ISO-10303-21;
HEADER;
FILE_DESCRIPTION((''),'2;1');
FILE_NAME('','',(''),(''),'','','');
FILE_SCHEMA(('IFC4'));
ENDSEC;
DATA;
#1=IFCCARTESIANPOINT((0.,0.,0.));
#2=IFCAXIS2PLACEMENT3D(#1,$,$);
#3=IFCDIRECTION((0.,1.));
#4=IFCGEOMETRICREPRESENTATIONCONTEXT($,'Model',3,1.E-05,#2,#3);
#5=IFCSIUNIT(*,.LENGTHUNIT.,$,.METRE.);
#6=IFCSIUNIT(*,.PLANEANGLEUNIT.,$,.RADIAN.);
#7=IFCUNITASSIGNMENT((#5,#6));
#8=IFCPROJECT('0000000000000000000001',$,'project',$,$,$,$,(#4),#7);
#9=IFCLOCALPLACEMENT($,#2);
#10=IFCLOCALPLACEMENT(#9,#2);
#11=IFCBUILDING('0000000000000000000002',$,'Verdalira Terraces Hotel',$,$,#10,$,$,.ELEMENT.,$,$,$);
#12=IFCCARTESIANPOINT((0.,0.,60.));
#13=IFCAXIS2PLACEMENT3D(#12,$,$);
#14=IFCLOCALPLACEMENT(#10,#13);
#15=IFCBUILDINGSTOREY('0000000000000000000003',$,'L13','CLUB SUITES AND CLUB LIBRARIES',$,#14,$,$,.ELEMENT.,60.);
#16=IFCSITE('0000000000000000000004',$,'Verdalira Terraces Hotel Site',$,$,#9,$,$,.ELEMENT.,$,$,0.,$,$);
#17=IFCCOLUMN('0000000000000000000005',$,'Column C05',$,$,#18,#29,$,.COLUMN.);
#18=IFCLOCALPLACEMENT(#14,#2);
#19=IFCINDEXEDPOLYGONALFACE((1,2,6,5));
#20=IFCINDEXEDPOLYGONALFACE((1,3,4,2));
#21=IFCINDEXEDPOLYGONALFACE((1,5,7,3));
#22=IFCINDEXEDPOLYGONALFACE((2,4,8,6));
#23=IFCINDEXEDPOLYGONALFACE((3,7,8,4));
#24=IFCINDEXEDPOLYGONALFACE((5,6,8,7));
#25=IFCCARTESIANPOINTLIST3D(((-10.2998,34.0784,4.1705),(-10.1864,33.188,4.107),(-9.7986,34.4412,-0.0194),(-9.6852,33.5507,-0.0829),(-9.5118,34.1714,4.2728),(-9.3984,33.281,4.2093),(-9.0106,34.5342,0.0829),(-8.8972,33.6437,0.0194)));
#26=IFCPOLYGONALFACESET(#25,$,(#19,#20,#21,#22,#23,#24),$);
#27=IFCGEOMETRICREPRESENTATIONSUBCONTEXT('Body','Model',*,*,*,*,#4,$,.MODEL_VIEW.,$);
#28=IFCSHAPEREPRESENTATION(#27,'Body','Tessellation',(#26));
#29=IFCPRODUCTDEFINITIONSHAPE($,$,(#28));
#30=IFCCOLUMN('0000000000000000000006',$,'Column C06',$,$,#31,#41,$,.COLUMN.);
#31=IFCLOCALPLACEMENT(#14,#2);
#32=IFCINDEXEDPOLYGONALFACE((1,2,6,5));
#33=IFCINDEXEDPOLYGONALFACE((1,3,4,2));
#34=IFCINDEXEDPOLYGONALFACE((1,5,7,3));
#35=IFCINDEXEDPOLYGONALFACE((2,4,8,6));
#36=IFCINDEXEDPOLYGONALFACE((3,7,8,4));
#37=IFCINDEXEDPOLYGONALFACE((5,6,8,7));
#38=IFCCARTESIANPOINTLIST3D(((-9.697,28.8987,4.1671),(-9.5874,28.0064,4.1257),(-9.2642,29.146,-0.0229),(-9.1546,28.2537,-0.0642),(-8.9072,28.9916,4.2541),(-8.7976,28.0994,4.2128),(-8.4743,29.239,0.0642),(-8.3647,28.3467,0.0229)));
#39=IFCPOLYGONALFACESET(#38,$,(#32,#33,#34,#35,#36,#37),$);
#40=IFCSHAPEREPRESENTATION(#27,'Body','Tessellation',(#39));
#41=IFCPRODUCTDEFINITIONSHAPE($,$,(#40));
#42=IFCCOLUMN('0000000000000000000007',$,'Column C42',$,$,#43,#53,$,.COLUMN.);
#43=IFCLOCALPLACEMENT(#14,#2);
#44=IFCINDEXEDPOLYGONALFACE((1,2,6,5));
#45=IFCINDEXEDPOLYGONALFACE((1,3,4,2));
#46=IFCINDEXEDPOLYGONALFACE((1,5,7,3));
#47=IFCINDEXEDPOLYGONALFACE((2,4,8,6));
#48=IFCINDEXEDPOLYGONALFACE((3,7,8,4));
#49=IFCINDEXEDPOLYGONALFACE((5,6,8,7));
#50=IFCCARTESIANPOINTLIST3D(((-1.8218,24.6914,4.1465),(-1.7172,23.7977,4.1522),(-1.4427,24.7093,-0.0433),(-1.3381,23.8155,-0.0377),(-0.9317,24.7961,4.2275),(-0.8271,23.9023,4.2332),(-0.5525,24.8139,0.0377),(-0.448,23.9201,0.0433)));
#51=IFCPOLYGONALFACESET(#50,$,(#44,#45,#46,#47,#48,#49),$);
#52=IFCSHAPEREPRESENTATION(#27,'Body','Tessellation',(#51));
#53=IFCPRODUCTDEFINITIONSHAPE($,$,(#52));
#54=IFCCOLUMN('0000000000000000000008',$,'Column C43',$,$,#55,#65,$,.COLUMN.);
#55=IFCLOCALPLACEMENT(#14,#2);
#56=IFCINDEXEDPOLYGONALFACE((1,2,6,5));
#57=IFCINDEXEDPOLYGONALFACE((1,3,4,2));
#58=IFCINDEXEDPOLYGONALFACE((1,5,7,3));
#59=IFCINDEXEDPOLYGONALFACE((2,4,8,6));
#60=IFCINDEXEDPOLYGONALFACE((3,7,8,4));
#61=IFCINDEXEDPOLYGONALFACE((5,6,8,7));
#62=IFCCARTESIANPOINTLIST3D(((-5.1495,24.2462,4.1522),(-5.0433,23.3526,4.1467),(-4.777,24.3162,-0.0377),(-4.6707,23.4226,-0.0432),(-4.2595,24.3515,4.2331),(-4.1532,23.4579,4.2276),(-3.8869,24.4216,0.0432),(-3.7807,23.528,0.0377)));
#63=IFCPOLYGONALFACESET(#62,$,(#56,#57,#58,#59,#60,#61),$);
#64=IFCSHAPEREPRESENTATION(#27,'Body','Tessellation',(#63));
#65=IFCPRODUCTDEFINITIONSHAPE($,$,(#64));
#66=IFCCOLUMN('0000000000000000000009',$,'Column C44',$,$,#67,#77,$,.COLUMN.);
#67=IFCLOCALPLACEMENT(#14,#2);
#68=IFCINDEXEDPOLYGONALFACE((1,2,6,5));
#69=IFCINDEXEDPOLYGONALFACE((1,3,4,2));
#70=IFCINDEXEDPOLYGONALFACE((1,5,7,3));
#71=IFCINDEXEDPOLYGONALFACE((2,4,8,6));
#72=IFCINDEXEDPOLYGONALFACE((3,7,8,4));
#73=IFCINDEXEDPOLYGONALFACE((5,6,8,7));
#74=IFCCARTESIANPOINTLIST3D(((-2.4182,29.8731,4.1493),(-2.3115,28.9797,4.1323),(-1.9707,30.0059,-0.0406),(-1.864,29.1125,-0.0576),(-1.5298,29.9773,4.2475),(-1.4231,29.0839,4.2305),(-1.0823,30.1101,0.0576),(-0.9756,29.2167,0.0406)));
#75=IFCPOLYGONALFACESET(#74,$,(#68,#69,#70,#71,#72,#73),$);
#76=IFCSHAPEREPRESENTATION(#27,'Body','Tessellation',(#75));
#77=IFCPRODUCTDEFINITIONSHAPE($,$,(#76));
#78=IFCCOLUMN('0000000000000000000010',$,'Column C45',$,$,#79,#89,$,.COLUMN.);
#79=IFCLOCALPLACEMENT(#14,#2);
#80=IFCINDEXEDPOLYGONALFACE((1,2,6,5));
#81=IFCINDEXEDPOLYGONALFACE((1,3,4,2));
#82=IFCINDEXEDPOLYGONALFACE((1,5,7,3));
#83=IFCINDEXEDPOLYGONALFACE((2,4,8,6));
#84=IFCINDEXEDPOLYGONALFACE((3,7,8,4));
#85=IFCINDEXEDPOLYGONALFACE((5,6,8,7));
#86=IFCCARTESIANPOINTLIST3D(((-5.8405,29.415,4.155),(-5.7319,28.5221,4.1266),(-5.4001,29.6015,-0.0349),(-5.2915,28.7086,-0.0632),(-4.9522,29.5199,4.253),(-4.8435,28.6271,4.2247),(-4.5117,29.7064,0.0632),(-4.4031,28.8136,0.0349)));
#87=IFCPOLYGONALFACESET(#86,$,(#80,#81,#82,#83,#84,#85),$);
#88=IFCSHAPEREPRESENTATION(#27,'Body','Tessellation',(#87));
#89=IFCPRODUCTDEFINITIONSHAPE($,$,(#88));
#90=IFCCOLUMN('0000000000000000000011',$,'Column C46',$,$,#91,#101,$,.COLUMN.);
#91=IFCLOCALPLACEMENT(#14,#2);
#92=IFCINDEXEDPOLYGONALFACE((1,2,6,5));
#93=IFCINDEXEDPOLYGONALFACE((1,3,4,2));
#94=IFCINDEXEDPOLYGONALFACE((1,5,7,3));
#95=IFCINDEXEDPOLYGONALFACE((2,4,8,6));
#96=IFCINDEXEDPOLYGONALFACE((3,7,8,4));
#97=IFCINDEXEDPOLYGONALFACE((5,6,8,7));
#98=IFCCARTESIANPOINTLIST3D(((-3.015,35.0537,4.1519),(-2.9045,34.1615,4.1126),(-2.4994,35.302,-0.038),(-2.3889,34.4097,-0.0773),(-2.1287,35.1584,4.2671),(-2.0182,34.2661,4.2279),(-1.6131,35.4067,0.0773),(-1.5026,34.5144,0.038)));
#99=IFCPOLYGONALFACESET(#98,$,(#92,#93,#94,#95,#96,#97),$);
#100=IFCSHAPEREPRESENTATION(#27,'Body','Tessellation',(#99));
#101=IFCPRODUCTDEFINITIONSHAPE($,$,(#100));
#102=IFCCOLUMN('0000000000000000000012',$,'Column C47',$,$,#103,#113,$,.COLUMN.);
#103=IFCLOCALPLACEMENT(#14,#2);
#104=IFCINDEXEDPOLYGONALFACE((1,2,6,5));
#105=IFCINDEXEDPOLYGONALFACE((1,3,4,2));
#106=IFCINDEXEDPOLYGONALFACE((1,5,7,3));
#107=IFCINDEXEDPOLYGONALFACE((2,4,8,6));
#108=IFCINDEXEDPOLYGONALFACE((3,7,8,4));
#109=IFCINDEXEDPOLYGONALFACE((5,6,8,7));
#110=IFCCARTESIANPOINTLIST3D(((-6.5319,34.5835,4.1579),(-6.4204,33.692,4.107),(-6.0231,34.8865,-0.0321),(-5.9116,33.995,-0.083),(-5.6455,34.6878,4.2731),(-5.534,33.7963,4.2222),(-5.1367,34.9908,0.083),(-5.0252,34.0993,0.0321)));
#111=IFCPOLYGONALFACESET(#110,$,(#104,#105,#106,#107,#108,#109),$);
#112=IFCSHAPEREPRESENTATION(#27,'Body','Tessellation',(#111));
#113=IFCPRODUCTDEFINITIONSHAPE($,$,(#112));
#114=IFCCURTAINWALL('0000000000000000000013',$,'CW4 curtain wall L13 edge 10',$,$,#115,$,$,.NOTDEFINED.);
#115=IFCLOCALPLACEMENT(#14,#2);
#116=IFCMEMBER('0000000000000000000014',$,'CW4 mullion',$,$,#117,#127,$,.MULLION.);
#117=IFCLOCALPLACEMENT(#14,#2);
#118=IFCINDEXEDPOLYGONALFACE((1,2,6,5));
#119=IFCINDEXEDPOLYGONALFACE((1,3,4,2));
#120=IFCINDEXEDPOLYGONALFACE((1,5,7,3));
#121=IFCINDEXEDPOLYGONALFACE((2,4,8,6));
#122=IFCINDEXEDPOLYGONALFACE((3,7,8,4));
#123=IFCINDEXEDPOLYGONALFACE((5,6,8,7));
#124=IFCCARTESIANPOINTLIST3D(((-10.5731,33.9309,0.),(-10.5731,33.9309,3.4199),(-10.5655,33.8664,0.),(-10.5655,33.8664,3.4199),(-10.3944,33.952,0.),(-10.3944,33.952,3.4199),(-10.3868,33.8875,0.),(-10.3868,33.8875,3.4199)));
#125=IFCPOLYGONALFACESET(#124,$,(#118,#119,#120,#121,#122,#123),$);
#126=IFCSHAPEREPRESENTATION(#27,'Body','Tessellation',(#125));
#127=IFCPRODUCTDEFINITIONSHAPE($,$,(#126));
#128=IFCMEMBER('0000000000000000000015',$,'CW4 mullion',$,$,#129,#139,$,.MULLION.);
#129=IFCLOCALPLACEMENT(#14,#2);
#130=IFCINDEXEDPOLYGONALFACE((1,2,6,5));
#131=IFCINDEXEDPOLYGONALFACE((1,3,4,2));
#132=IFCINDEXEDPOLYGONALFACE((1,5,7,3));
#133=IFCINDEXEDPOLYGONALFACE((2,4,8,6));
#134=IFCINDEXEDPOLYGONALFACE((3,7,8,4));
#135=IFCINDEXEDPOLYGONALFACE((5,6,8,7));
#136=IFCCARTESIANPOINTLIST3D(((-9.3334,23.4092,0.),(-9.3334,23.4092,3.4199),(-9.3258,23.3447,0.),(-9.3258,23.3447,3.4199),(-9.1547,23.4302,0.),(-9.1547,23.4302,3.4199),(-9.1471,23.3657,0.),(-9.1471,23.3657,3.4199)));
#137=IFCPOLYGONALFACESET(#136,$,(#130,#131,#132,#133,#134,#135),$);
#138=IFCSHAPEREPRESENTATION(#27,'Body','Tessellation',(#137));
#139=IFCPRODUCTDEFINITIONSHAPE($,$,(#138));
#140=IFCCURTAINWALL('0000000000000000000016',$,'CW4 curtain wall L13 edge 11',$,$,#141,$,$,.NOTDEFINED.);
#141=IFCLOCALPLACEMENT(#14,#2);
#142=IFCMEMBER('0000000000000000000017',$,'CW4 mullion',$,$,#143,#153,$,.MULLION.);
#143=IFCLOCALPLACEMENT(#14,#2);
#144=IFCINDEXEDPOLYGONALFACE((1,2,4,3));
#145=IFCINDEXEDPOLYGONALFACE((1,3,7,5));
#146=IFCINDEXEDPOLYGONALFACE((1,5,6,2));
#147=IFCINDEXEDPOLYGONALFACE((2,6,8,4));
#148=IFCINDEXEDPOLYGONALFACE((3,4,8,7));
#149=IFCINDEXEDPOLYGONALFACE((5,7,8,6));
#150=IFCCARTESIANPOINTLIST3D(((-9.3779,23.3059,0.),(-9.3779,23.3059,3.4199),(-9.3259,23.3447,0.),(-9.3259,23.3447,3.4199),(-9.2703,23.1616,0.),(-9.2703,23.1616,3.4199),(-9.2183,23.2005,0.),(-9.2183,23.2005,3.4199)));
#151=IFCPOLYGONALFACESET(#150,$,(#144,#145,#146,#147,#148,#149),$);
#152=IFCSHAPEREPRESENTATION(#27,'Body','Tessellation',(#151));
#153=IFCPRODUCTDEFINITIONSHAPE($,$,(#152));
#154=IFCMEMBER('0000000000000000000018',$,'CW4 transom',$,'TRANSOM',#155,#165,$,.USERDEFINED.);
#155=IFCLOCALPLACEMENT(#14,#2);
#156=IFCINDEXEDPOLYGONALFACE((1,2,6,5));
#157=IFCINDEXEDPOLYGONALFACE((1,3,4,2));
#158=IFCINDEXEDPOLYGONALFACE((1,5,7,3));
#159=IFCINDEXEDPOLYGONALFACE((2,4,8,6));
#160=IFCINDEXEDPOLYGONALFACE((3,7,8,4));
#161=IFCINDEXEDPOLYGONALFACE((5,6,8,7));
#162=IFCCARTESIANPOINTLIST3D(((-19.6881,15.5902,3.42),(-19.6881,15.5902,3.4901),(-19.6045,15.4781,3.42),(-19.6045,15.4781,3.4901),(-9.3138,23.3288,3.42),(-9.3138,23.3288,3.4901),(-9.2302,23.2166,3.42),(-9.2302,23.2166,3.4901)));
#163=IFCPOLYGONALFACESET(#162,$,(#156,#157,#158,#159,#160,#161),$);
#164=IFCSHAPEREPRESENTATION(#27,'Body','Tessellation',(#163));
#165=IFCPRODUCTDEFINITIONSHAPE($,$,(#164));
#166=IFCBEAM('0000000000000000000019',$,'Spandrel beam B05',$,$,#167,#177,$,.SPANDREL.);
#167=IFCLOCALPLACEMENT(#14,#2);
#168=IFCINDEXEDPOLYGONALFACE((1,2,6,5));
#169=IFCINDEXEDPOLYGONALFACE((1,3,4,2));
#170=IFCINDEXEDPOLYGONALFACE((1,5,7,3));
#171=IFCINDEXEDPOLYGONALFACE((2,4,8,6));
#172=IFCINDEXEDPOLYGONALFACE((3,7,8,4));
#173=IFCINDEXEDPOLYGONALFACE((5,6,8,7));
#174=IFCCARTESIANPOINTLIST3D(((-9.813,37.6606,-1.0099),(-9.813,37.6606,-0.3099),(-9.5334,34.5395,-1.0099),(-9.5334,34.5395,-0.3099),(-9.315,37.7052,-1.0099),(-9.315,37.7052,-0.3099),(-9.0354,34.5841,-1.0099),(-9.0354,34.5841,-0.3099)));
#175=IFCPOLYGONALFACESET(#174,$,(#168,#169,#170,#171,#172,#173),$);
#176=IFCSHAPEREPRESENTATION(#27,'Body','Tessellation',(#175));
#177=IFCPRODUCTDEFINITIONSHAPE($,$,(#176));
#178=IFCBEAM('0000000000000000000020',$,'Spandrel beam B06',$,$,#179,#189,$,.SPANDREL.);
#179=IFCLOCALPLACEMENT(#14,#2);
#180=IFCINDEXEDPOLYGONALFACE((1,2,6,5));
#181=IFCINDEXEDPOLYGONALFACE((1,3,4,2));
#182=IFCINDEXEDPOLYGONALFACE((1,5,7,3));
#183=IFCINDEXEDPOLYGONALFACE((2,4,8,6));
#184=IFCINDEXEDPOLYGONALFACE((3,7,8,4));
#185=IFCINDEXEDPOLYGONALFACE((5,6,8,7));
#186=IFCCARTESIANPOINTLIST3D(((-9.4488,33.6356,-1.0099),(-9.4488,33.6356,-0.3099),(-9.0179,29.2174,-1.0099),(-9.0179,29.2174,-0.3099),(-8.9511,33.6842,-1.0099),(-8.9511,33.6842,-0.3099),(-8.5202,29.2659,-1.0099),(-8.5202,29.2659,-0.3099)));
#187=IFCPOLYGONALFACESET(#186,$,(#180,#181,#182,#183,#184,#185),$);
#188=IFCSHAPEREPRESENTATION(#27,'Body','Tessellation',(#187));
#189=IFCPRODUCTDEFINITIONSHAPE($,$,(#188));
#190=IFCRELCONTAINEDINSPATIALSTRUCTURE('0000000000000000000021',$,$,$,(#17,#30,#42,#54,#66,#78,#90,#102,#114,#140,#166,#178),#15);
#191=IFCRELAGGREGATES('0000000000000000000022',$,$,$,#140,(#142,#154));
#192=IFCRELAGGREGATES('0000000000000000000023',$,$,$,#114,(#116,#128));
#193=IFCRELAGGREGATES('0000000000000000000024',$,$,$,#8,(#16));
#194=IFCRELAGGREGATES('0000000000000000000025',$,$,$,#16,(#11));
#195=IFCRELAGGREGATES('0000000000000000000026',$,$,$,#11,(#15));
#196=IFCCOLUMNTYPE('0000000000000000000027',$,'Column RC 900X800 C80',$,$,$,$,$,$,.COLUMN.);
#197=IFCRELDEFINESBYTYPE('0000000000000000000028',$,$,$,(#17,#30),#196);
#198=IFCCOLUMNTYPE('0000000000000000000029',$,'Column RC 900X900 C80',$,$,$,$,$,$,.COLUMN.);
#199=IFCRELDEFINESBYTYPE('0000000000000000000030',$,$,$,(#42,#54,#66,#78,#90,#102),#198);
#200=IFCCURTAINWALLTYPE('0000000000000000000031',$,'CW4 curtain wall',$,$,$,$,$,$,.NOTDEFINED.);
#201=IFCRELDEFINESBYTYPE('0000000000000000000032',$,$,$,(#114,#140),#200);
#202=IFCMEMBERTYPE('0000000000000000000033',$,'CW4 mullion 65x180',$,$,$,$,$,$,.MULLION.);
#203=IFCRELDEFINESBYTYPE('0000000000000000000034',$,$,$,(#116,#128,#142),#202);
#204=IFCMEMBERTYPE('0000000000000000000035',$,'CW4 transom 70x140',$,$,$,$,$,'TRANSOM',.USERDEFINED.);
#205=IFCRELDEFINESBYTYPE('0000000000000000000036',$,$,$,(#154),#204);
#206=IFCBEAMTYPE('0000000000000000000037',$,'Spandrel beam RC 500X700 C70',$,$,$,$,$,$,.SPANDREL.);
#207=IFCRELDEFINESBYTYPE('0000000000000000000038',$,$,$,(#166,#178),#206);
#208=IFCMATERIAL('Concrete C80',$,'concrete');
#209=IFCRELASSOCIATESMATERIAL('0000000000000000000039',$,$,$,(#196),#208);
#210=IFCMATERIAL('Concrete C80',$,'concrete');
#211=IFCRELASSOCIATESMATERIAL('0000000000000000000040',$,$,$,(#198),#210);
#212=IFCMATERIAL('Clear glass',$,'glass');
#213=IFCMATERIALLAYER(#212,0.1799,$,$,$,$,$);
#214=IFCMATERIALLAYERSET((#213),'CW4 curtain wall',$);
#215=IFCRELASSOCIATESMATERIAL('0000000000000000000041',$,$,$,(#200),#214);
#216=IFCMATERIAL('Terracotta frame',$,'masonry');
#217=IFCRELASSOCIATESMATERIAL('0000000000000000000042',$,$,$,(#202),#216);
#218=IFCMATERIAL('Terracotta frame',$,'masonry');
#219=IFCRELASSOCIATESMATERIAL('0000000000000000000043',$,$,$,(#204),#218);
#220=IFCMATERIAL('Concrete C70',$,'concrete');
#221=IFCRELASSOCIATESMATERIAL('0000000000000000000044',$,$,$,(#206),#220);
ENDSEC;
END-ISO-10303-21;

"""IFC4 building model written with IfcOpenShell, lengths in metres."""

from ifc_helpers import new_model, si_unit, direction, frame, origin, origin_2d, place, context, subcontext, project, spatial, rectangle, extrude, material, layer, layer_set, material_profile, profile_set, type_object, element, aggregate, save


model = new_model("IFC4")

# Units and contexts
model_context = context("Model", 3, precision=1e-05, world=origin(), true_north=direction((0.0, 1.0)))
body_context = subcontext(model_context, "Body", "Model", "MODEL_VIEW")
ifc_project = project(units=[si_unit("LENGTHUNIT", "METRE"), si_unit("PLANEANGLEUNIT", "RADIAN")], contexts=[model_context])

# Site, building, storey
site_placement = place(None, origin())
site = spatial("IfcSite", under=ifc_project, at=site_placement, Name="Verdalira Terraces Hotel Site", CompositionType="ELEMENT", RefElevation=0.0)
building_placement = place(site_placement, origin())
building = spatial("IfcBuilding", under=site, at=building_placement, Name="Verdalira Terraces Hotel", CompositionType="ELEMENT")
storey_placement = place(building_placement, frame((0.0, 0.0, 60.0)))
storey = spatial("IfcBuildingStorey", under=building, at=storey_placement, Name="L13", Description="CLUB SUITES AND CLUB LIBRARIES", CompositionType="ELEMENT", Elevation=60.0)

# Columns
ifc_material_1 = material(Name="Concrete C80", Category="concrete")
ifc_material_profile_1 = material_profile(ifc_material_1, rectangle(XDim=0.8999, YDim=0.8, at=origin_2d()), Name="RC 900X800")
ifc_profile_set_1 = profile_set([ifc_material_profile_1], Name="Concrete C80")
column_type_1 = type_object("IfcColumnType", Name="Column RC 900X800 C80", PredefinedType="COLUMN", material=ifc_profile_set_1)
column_1_placement = place(storey_placement, frame((-9.3479, 34.0425, 0.0), z_axis=(-0.118341, -0.085658, 0.989271), x_axis=(0.12596, -0.989519, -0.070611)))
element("IfcColumn", 1, at=column_1_placement, inside=storey, type_object=column_type_1, Name="Column C05", PredefinedType="COLUMN", context=body_context, shape_type="SweptSolid", body=[
    extrude(rectangle(XDim=0.8999, YDim=0.8, at=origin_2d()), origin(), (0.0, 0.0, 1.0), 4.2354),
])
column_2_placement = place(storey_placement, frame((-8.8145, 28.7463, 0.0), z_axis=(-0.102586, -0.058612, 0.992996), x_axis=(0.121788, -0.991492, -0.045942)))
element("IfcColumn", 2, at=column_2_placement, inside=storey, type_object=column_type_1, Name="Column C06", PredefinedType="COLUMN", context=body_context, shape_type="SweptSolid", body=[
    extrude(rectangle(XDim=0.8999, YDim=0.8, at=origin_2d()), origin(), (0.0, 0.0, 1.0), 4.2195),
])
ifc_material_2 = material(Name="Concrete C80", Category="concrete")
ifc_material_profile_2 = material_profile(ifc_material_2, rectangle(XDim=0.8999, YDim=0.8999, at=origin_2d()), Name="RC 900X900")
ifc_profile_set_2 = profile_set([ifc_material_profile_2], Name="Concrete C80")
column_type_2 = type_object("IfcColumnType", Name="Column RC 900X900 C80", PredefinedType="COLUMN", material=ifc_profile_set_2)
for number, where, z_axis, x_axis, name in (
    (3, (-0.9453, 24.3147, 0.0), (-0.090122, -0.004236, 0.995922), (-0.116188, 0.993207, -0.006289), "Column C42"),
    (4, (-4.2788, 23.9221, 0.0), (-0.088556, -0.016655, 0.995932), (-0.118094, 0.992984, 0.006105), "Column C43"),
):
    element("IfcColumn", number, at=place(storey_placement, frame(where, z_axis=z_axis, x_axis=x_axis)), inside=storey, type_object=column_type_2, Name=name, PredefinedType="COLUMN", context=body_context, shape_type="SweptSolid", body=[
        extrude(rectangle(XDim=0.8999, YDim=0.8999, at=origin_2d()), origin(), (0.0, 0.0, 1.0), 4.207),
    ])
column_3_placement = place(storey_placement, frame((-1.4731, 29.6113, 0.0), z_axis=(-0.106149, -0.031503, 0.993851), x_axis=(-0.118556, 0.992769, 0.018806)))
element("IfcColumn", 5, at=column_3_placement, inside=storey, type_object=column_type_2, Name="Column C44", PredefinedType="COLUMN", context=body_context, shape_type="SweptSolid", body=[
    extrude(rectangle(XDim=0.8999, YDim=0.8999, at=origin_2d()), origin(), (0.0, 0.0, 1.0), 4.2158),
])
column_4_placement = place(storey_placement, frame((-4.9016, 29.2075, 0.0), z_axis=(-0.104438, -0.04423, 0.993547), x_axis=(-0.120714, 0.992188, 0.03148)))
element("IfcColumn", 6, at=column_4_placement, inside=storey, type_object=column_type_2, Name="Column C45", PredefinedType="COLUMN", context=body_context, shape_type="SweptSolid", body=[
    extrude(rectangle(XDim=0.8999, YDim=0.8999, at=origin_2d()), origin(), (0.0, 0.0, 1.0), 4.217),
])
column_5_placement = place(storey_placement, frame((-2.001, 34.9082, 0.0), z_axis=(-0.12193, -0.058714, 0.990801), x_axis=(-0.122784, 0.991473, 0.043643)))
element("IfcColumn", 7, at=column_5_placement, inside=storey, type_object=column_type_2, Name="Column C46", PredefinedType="COLUMN", context=body_context, shape_type="SweptSolid", body=[
    extrude(rectangle(XDim=0.8999, YDim=0.8999, at=origin_2d()), origin(), (0.0, 0.0, 1.0), 4.2288),
])
column_6_placement = place(storey_placement, frame((-5.5242, 34.4929, 0.0), z_axis=(-0.120236, -0.071599, 0.99016), x_axis=(-0.123941, 0.990675, 0.056586)))
element("IfcColumn", 8, at=column_6_placement, inside=storey, type_object=column_type_2, Name="Column C47", PredefinedType="COLUMN", context=body_context, shape_type="SweptSolid", body=[
    extrude(rectangle(XDim=0.8999, YDim=0.8999, at=origin_2d()), origin(), (0.0, 0.0, 1.0), 4.2317),
])

# Curtain walls, members
ifc_material_3 = material(Name="Clear glass", Category="glass")
ifc_layer_1 = layer(ifc_material_3, 0.1799)
ifc_layer_set_1 = layer_set([ifc_layer_1], Name="CW4 curtain wall")
curtain_wall_type = type_object("IfcCurtainWallType", Name="CW4 curtain wall", PredefinedType="NOTDEFINED", material=ifc_layer_set_1)
curtain_wall_1_placement = place(storey_placement, origin())
curtain_wall_1 = element("IfcCurtainWall", 9, at=curtain_wall_1_placement, inside=storey, type_object=curtain_wall_type, Name="CW4 curtain wall L13 edge 10", PredefinedType="NOTDEFINED")
ifc_material_4 = material(Name="Terracotta frame", Category="masonry")
ifc_material_profile_3 = material_profile(ifc_material_4, rectangle(XDim=0.0649, YDim=0.1799, at=origin_2d()), Name="MU 65x180")
ifc_profile_set_3 = profile_set([ifc_material_profile_3], Name="Terracotta frame")
member_type_1 = type_object("IfcMemberType", Name="CW4 mullion 65x180", PredefinedType="MULLION", material=ifc_profile_set_3)
member_1_placement = place(storey_placement, frame((-10.48, 33.9092, 0.0), z_axis=(0.0, 0.0, 1.0), x_axis=(0.117017, -0.99313, 0.0)))
member_1 = element("IfcMember", 10, at=member_1_placement, type_object=member_type_1, Name="CW4 mullion", PredefinedType="MULLION", context=body_context, shape_type="SweptSolid", body=[
    extrude(rectangle(XDim=0.0649, YDim=0.1799, at=origin_2d()), origin(), (0.0, 0.0, 1.0), 3.4199),
])
member_2_placement = place(storey_placement, frame((-9.2402, 23.3875, 0.0), z_axis=(0.0, 0.0, 1.0), x_axis=(0.117017, -0.99313, 0.0)))
member_2 = element("IfcMember", 11, at=member_2_placement, type_object=member_type_1, Name="CW4 mullion", PredefinedType="MULLION", context=body_context, shape_type="SweptSolid", body=[
    extrude(rectangle(XDim=0.0649, YDim=0.1799, at=origin_2d()), origin(), (0.0, 0.0, 1.0), 3.4199),
])
curtain_wall_2_placement = place(storey_placement, origin())
curtain_wall_2 = element("IfcCurtainWall", 12, at=curtain_wall_2_placement, inside=storey, type_object=curtain_wall_type, Name="CW4 curtain wall L13 edge 11", PredefinedType="NOTDEFINED")
member_3_placement = place(storey_placement, frame((-9.2981, 23.2532, 0.0), z_axis=(0.0, 0.0, 1.0), x_axis=(-0.801567, -0.597905, 0.0)))
member_3 = element("IfcMember", 13, at=member_3_placement, type_object=member_type_1, Name="CW4 mullion", PredefinedType="MULLION", context=body_context, shape_type="SweptSolid", body=[
    extrude(rectangle(XDim=0.0649, YDim=0.1799, at=origin_2d()), origin(), (0.0, 0.0, 1.0), 3.4199),
])
ifc_material_5 = material(Name="Terracotta frame", Category="masonry")
ifc_material_profile_4 = material_profile(ifc_material_5, rectangle(XDim=0.1399, YDim=0.0701, at=origin_2d()), Name="TR 70x140")
ifc_profile_set_4 = profile_set([ifc_material_profile_4], Name="Terracotta frame")
member_type_2 = type_object("IfcMemberType", Name="CW4 transom 70x140", ElementType="TRANSOM", PredefinedType="USERDEFINED", material=ifc_profile_set_4)
member_4_placement = place(storey_placement, frame((-9.272, 23.2727, 3.4551), z_axis=(-0.801561, -0.597912, 0.0), x_axis=(0.597912, -0.801561, 0.0)))
member_4 = element("IfcMember", 14, at=member_4_placement, type_object=member_type_2, Name="CW4 transom", ObjectType="TRANSOM", PredefinedType="USERDEFINED", context=body_context, shape_type="SweptSolid", body=[
    extrude(rectangle(XDim=0.1399, YDim=0.0701, at=origin_2d()), origin(), (0.0, 0.0, 1.0), 12.9426),
])
aggregate(curtain_wall_2, [member_3, member_4])

# Beams
ifc_material_6 = material(Name="Concrete C70", Category="concrete")
ifc_material_profile_5 = material_profile(ifc_material_6, rectangle(XDim=0.5, YDim=0.7, at=origin_2d()), Name="RC 500X700")
ifc_profile_set_5 = profile_set([ifc_material_profile_5], Name="Concrete C70")
beam_type = type_object("IfcBeamType", Name="Spandrel beam RC 500X700 C70", PredefinedType="SPANDREL", material=ifc_profile_set_5)
beam_1_placement = place(storey_placement, frame((-9.564, 37.6829, -0.6599), z_axis=(0.089208, -0.996013, 0.0), x_axis=(0.996013, 0.089208, 0.0)))
element("IfcBeam", 15, at=beam_1_placement, inside=storey, type_object=beam_type, Name="Spandrel beam B05", PredefinedType="SPANDREL", context=body_context, shape_type="SweptSolid", body=[
    extrude(rectangle(XDim=0.5, YDim=0.7, at=origin_2d()), origin(), (0.0, 0.0, 1.0), 3.1335),
])
beam_2_placement = place(storey_placement, frame((-9.2, 33.6599, -0.6599), z_axis=(0.097069, -0.995278, 0.0), x_axis=(0.995278, 0.097069, 0.0)))
element("IfcBeam", 16, at=beam_2_placement, inside=storey, type_object=beam_type, Name="Spandrel beam B06", PredefinedType="SPANDREL", context=body_context, shape_type="SweptSolid", body=[
    extrude(rectangle(XDim=0.5, YDim=0.7, at=origin_2d()), origin(), (0.0, 0.0, 1.0), 4.4392),
])

aggregate(curtain_wall_1, [member_1, member_2])

save(model, "model.ifc")
